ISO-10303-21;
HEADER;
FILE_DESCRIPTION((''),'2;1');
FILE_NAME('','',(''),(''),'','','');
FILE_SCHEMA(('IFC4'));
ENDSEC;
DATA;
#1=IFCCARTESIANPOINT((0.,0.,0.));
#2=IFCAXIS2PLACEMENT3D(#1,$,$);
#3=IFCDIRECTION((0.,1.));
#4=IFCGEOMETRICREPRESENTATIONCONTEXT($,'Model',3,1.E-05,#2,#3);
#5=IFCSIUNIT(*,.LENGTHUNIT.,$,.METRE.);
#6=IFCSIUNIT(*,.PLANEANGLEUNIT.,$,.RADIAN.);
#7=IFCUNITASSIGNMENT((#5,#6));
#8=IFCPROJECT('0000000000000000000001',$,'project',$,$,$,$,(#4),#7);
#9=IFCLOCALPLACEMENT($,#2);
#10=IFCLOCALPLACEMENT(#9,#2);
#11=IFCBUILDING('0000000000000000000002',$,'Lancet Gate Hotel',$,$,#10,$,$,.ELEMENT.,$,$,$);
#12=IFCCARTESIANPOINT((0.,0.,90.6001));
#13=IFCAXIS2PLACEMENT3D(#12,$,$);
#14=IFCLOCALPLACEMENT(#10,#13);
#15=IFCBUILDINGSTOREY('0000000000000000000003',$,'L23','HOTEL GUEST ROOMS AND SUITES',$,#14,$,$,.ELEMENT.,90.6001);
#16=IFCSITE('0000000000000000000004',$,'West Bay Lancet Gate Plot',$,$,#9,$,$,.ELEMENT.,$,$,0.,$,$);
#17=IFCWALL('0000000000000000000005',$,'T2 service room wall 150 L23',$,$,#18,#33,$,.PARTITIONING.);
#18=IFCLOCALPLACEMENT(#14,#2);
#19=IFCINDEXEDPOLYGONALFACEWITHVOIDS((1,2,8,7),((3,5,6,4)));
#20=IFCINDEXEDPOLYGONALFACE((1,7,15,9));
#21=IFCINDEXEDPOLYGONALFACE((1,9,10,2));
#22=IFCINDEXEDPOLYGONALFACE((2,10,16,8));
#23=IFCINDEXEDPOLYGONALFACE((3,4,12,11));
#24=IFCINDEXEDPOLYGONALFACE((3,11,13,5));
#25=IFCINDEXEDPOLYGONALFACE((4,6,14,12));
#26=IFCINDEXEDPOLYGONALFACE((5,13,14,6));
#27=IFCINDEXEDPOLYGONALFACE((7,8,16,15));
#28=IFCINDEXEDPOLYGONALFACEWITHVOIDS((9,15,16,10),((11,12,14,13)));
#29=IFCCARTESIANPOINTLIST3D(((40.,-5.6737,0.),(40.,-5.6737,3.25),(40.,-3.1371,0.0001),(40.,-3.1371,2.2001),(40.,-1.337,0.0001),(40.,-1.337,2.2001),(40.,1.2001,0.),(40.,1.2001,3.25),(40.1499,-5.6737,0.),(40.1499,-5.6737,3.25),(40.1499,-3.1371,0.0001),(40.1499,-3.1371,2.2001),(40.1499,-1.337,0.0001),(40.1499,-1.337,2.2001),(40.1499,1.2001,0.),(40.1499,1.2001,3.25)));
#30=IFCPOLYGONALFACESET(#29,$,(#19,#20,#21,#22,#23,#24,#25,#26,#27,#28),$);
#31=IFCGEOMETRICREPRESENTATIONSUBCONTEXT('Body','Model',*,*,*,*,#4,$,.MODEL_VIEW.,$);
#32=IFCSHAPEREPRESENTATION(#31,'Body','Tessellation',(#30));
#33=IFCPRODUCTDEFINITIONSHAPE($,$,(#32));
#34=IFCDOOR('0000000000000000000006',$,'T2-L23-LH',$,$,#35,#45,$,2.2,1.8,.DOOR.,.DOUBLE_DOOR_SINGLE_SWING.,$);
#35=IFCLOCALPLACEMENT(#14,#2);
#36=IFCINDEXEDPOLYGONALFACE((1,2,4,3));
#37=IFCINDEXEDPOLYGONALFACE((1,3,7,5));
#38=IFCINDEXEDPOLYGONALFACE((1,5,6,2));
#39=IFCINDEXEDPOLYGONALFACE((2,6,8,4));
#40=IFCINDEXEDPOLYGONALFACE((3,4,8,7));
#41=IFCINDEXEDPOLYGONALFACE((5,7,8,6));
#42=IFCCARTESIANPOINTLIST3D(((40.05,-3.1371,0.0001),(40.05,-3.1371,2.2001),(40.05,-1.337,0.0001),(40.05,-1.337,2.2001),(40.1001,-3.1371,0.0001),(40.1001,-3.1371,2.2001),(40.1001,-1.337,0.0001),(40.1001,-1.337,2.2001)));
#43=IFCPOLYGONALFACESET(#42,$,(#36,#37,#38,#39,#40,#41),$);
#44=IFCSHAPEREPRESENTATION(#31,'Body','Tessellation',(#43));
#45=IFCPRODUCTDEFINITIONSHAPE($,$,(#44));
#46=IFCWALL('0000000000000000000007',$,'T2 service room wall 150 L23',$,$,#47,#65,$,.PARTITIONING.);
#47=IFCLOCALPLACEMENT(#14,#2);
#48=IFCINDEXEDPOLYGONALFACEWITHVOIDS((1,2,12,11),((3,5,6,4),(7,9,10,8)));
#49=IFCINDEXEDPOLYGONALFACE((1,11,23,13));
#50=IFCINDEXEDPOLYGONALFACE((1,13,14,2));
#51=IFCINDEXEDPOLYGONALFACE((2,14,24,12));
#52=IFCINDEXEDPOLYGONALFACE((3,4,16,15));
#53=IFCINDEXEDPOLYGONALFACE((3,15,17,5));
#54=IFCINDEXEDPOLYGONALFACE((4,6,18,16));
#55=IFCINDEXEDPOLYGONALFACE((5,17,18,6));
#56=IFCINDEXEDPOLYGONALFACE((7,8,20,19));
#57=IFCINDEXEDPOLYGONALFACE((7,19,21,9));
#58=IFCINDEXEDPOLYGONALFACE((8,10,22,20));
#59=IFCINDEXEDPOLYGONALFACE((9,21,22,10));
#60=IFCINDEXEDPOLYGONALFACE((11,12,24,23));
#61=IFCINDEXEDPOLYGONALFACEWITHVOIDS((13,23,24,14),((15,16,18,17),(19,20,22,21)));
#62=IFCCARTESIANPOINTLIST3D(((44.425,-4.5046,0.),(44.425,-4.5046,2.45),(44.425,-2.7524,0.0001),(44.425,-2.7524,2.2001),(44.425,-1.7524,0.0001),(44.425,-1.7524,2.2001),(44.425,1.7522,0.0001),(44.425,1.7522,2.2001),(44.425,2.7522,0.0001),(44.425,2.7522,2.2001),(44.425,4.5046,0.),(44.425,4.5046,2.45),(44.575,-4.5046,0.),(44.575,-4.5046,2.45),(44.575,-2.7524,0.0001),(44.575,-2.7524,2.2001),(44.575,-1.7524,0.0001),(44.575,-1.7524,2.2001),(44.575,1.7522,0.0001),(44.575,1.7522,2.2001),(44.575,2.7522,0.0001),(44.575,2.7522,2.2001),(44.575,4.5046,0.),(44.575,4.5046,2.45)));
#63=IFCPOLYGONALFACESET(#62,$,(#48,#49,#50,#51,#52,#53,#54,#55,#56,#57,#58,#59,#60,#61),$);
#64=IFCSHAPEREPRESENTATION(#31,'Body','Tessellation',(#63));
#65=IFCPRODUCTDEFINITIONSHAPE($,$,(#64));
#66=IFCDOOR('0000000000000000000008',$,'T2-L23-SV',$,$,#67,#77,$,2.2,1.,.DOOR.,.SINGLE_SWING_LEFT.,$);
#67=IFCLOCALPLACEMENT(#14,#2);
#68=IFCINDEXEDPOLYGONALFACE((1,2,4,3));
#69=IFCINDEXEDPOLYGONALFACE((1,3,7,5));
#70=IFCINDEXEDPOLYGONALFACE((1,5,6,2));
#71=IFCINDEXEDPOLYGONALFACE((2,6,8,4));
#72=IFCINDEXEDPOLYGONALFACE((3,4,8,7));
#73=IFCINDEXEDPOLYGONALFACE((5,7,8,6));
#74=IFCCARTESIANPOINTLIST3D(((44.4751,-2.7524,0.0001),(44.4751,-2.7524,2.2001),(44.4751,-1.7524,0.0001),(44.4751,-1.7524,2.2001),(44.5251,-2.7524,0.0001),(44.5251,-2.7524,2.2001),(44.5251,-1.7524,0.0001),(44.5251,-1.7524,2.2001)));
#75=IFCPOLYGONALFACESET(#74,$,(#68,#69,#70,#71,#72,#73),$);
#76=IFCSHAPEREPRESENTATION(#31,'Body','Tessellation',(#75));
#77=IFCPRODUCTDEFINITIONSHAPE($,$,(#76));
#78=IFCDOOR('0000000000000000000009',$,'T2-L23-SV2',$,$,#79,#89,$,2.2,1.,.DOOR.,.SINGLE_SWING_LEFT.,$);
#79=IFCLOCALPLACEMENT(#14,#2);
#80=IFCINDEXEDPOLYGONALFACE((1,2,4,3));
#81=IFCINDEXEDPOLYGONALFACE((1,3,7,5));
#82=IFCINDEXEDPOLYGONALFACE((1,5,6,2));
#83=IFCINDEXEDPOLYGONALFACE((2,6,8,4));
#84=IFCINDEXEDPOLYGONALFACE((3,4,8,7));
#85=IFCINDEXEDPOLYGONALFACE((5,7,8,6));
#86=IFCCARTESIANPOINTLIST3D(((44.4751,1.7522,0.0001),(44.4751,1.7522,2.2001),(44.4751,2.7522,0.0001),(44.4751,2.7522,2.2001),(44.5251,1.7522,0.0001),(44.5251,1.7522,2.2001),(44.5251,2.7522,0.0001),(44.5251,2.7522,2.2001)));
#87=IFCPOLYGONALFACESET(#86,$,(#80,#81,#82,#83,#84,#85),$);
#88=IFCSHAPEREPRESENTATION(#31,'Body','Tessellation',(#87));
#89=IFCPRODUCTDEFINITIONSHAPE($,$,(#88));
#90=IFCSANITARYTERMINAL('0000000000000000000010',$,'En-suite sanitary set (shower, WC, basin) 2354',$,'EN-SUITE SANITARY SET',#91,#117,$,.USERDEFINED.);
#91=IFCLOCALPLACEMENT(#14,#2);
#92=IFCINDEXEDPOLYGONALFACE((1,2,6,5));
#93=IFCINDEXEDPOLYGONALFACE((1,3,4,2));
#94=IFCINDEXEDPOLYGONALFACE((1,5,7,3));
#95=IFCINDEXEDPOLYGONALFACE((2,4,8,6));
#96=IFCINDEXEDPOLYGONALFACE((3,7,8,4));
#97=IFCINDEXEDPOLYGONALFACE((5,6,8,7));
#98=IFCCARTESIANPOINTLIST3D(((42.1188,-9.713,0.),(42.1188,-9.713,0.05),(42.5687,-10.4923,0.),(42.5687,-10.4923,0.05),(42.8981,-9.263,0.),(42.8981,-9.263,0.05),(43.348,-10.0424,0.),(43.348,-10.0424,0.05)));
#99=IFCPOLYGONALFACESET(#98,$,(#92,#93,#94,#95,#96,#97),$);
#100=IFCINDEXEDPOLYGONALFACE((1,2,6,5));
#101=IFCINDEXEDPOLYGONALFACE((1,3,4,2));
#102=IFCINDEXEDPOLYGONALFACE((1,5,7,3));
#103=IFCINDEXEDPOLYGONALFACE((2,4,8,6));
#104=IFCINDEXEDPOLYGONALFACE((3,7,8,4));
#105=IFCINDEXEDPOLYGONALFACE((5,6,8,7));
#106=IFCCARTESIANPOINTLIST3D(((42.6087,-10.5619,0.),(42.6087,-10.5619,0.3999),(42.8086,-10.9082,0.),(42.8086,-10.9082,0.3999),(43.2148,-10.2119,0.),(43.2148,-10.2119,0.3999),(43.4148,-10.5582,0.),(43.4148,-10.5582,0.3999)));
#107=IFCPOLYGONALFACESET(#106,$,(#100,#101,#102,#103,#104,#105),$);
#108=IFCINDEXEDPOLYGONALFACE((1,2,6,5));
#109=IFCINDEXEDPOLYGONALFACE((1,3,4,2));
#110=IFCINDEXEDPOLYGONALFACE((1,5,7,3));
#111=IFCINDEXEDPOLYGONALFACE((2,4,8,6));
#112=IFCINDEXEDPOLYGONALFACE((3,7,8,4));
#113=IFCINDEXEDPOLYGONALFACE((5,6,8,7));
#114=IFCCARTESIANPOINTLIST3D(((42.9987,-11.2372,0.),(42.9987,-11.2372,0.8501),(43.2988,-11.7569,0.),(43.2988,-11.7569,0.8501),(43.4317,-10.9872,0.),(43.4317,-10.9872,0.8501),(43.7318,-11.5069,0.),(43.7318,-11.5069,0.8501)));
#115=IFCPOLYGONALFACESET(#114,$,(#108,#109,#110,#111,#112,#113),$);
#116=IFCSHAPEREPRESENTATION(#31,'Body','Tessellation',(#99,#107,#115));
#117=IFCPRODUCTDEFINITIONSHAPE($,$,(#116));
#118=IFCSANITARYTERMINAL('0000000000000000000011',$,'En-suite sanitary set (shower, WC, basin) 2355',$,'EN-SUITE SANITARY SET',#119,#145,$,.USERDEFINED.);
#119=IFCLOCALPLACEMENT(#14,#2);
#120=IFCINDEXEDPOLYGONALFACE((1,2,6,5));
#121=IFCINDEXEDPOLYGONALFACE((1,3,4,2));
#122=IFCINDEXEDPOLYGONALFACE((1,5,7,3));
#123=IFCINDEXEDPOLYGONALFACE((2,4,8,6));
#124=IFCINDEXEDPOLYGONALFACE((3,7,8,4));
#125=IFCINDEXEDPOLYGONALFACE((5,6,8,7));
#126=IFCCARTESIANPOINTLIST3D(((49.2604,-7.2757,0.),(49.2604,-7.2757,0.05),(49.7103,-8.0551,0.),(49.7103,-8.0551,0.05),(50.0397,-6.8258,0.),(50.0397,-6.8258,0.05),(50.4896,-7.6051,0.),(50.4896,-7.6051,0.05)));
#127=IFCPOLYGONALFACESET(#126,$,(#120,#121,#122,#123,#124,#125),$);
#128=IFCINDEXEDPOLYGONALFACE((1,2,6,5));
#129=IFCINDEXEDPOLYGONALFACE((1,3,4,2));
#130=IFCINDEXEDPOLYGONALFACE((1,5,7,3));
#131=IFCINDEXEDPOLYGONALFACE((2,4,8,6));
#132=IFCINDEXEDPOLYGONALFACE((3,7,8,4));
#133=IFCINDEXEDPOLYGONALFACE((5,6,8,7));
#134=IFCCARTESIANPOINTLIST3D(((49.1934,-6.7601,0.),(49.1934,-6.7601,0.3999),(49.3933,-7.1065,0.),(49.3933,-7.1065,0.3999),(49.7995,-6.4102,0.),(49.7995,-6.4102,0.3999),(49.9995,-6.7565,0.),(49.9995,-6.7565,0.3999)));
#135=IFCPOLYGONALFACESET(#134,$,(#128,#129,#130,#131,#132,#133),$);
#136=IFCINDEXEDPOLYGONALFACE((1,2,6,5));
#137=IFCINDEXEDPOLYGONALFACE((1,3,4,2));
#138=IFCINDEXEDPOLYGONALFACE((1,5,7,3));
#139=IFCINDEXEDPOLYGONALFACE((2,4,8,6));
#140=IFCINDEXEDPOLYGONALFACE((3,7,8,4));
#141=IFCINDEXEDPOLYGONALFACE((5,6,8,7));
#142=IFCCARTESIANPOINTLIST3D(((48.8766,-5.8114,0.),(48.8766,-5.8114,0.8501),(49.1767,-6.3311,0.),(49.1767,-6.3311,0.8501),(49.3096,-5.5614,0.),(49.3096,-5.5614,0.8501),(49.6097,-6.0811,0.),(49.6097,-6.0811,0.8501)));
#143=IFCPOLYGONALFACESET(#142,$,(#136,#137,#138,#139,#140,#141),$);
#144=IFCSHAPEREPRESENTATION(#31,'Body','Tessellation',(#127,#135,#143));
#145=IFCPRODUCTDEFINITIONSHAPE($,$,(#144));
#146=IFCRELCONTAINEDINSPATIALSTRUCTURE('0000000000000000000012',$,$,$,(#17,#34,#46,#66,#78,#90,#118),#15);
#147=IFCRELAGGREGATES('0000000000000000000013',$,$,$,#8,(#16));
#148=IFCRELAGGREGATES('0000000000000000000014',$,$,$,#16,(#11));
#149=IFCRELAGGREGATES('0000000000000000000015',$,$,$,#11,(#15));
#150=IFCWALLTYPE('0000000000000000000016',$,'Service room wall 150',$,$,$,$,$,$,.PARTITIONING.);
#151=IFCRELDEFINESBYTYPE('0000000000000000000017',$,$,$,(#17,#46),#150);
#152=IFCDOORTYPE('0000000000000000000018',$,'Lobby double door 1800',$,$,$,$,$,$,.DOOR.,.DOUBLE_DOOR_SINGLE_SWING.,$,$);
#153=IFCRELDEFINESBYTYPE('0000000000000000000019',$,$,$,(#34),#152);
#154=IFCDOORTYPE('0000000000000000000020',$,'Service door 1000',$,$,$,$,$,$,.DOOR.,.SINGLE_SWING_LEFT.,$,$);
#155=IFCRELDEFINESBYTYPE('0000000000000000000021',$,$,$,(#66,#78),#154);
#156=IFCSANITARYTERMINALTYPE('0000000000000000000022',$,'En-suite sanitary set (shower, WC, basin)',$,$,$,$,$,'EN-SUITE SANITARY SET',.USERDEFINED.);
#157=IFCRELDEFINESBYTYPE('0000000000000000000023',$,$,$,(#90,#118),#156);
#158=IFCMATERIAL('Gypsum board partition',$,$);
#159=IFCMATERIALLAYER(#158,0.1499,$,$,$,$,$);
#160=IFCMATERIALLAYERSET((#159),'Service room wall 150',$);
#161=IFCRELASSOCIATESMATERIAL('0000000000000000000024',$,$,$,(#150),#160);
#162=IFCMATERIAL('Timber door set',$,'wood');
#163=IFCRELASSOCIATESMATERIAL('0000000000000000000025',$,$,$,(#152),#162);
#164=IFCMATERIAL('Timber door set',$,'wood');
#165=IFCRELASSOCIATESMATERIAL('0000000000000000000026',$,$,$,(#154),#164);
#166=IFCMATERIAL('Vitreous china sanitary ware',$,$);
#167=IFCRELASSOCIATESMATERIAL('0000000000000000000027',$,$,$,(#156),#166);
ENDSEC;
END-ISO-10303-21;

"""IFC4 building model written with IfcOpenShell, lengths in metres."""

from ifc_helpers import new_model, si_unit, direction, frame, frame_2d, origin, origin_2d, place, context, subcontext, project, spatial, rectangle, extrude, material, layer, layer_set, type_object, element, fill, save


model = new_model("IFC4")

# Units and contexts
model_context = context("Model", 3, precision=1e-05, world=origin(), true_north=direction((0.0, 1.0)))
body_context = subcontext(model_context, "Body", "Model", "MODEL_VIEW")
ifc_project = project(units=[si_unit("LENGTHUNIT", "METRE"), si_unit("PLANEANGLEUNIT", "RADIAN")], contexts=[model_context])

# Site, building, storey
site_placement = place(None, origin())
site = spatial("IfcSite", under=ifc_project, at=site_placement, Name="West Bay Lancet Gate Plot", CompositionType="ELEMENT", RefElevation=0.0)
building_placement = place(site_placement, origin())
building = spatial("IfcBuilding", under=site, at=building_placement, Name="Lancet Gate Hotel", CompositionType="ELEMENT")
storey_placement = place(building_placement, frame((0.0, 0.0, 90.6001)))
storey = spatial("IfcBuildingStorey", under=building, at=storey_placement, Name="L23", Description="HOTEL GUEST ROOMS AND SUITES", CompositionType="ELEMENT", Elevation=90.6001)

# Wall, opening, door
ifc_material_1 = material(Name="Gypsum board partition")
ifc_layer_1 = layer(ifc_material_1, 0.1499)
ifc_layer_set_1 = layer_set([ifc_layer_1], Name="Service room wall 150")
wall_type_1 = type_object("IfcWallType", Name="Service room wall 150", PredefinedType="PARTITIONING", material=ifc_layer_set_1)
wall_1_placement = place(storey_placement, frame((40.075, -5.6738, 0.0), z_axis=(0.0, 0.0, 1.0), x_axis=(0.0, 1.0, 0.0)))
wall_1 = element("IfcWall", 1, at=wall_1_placement, inside=storey, type_object=wall_type_1, Name="T2 service room wall 150 L23", PredefinedType="PARTITIONING", context=body_context, shape_type="SweptSolid", body=[
    extrude(rectangle(XDim=6.8738, YDim=0.1499, at=frame_2d((3.437, 0.0))), origin(), (0.0, 0.0, 1.0), 3.25),
])
opening_1_placement = place(wall_1_placement, frame((2.5369, 0.0, 0.0)))
opening_1 = element("IfcOpeningElement", 2, at=opening_1_placement, cuts=wall_1, PredefinedType="OPENING", context=body_context, shape_type="SweptSolid", body=[
    extrude(rectangle(XDim=1.8, YDim=2.2, at=frame_2d((0.8999, 1.1001))), frame((0.0, 0.085, 0.0), z_axis=(0.0, -1.0, 0.0), x_axis=(1.0, 0.0, 0.0)), (0.0, 0.0, 1.0), 0.1699),
])
ifc_material_2 = material(Name="Timber door set", Category="wood")
door_type_1 = type_object("IfcDoorType", Name="Lobby double door 1800", OperationType="DOUBLE_DOOR_SINGLE_SWING", PredefinedType="DOOR", material=ifc_material_2)
door_1_placement = place(opening_1_placement, origin())
door_1 = element("IfcDoor", 3, at=door_1_placement, inside=storey, type_object=door_type_1, Name="T2-L23-LH", OperationType="DOUBLE_DOOR_SINGLE_SWING", OverallHeight=2.2, OverallWidth=1.8, PredefinedType="DOOR", context=body_context, shape_type="SweptSolid", body=[
    extrude(rectangle(XDim=1.8, YDim=2.2, at=frame_2d((0.8999, 1.1001))), frame((0.0, 0.0249, 0.0), z_axis=(0.0, -1.0, 0.0), x_axis=(1.0, 0.0, 0.0)), (0.0, 0.0, 1.0), 0.05),
])
fill(opening_1, door_1)

# Wall, openings, doors
wall_2_placement = place(storey_placement, frame((44.5, -4.5046, 0.0), z_axis=(0.0, 0.0, 1.0), x_axis=(0.0, 1.0, 0.0)))
wall_2 = element("IfcWall", 4, at=wall_2_placement, inside=storey, type_object=wall_type_1, Name="T2 service room wall 150 L23", PredefinedType="PARTITIONING", context=body_context, shape_type="SweptSolid", body=[
    extrude(rectangle(XDim=9.0093, YDim=0.1499, at=frame_2d((4.5046, 0.0))), origin(), (0.0, 0.0, 1.0), 2.45),
])
opening_2_placement = place(wall_2_placement, frame((1.7522, 0.0, 0.0)))
opening_2 = element("IfcOpeningElement", 5, at=opening_2_placement, cuts=wall_2, PredefinedType="OPENING", context=body_context, shape_type="SweptSolid", body=[
    extrude(rectangle(XDim=1.0, YDim=2.2, at=frame_2d((0.5, 1.1001))), frame((0.0, 0.085, 0.0), z_axis=(0.0, -1.0, 0.0), x_axis=(1.0, 0.0, 0.0)), (0.0, 0.0, 1.0), 0.1699),
])
opening_3_placement = place(wall_2_placement, frame((6.2568, 0.0, 0.0)))
opening_3 = element("IfcOpeningElement", 6, at=opening_3_placement, cuts=wall_2, PredefinedType="OPENING", context=body_context, shape_type="SweptSolid", body=[
    extrude(rectangle(XDim=1.0, YDim=2.2, at=frame_2d((0.5, 1.1001))), frame((0.0, 0.085, 0.0), z_axis=(0.0, -1.0, 0.0), x_axis=(1.0, 0.0, 0.0)), (0.0, 0.0, 1.0), 0.1699),
])
ifc_material_3 = material(Name="Timber door set", Category="wood")
door_type_2 = type_object("IfcDoorType", Name="Service door 1000", OperationType="SINGLE_SWING_LEFT", PredefinedType="DOOR", material=ifc_material_3)
door_2_placement = place(opening_2_placement, origin())
door_2 = element("IfcDoor", 7, at=door_2_placement, inside=storey, type_object=door_type_2, Name="T2-L23-SV", OperationType="SINGLE_SWING_LEFT", OverallHeight=2.2, OverallWidth=1.0, PredefinedType="DOOR", context=body_context, shape_type="SweptSolid", body=[
    extrude(rectangle(XDim=1.0, YDim=2.2, at=frame_2d((0.5, 1.1001))), frame((0.0, 0.0249, 0.0), z_axis=(0.0, -1.0, 0.0), x_axis=(1.0, 0.0, 0.0)), (0.0, 0.0, 1.0), 0.05),
])
fill(opening_2, door_2)
door_3_placement = place(opening_3_placement, origin())
door_3 = element("IfcDoor", 8, at=door_3_placement, inside=storey, type_object=door_type_2, Name="T2-L23-SV2", OperationType="SINGLE_SWING_LEFT", OverallHeight=2.2, OverallWidth=1.0, PredefinedType="DOOR", context=body_context, shape_type="SweptSolid", body=[
    extrude(rectangle(XDim=1.0, YDim=2.2, at=frame_2d((0.5, 1.1001))), frame((0.0, 0.0249, 0.0), z_axis=(0.0, -1.0, 0.0), x_axis=(1.0, 0.0, 0.0)), (0.0, 0.0, 1.0), 0.05),
])
fill(opening_3, door_3)

# Sanitary terminals
ifc_material_4 = material(Name="Vitreous china sanitary ware")
sanitary_terminal_type = type_object("IfcSanitaryTerminalType", Name="En-suite sanitary set (shower, WC, basin)", ElementType="EN-SUITE SANITARY SET", PredefinedType="USERDEFINED", material=ifc_material_4)
sanitary_terminal_1_placement = place(storey_placement, frame((42.7334, -9.8777, 0.0), z_axis=(0.0, 0.0, 1.0), x_axis=(1.0, 0.0, 0.0)))
element("IfcSanitaryTerminal", 9, at=sanitary_terminal_1_placement, inside=storey, type_object=sanitary_terminal_type, Name="En-suite sanitary set (shower, WC, basin) 2354", ObjectType="EN-SUITE SANITARY SET", PredefinedType="USERDEFINED", context=body_context, shape_type="SweptSolid", body=[
    extrude(rectangle(XDim=0.8999, YDim=0.8999, at=origin_2d()), frame((0.0, 0.0, 0.0), z_axis=(0.0, 0.0, 1.0), x_axis=(-0.5, 0.866025, 0.0)), (0.0, 0.0, 1.0), 0.05),
    extrude(rectangle(XDim=0.3999, YDim=0.7, at=origin_2d()), frame((0.2783, -0.6824, 0.0), z_axis=(0.0, 0.0, 1.0), x_axis=(-0.5, 0.866025, 0.0)), (0.0, 0.0, 1.0), 0.3999),
    extrude(rectangle(XDim=0.6001, YDim=0.5, at=origin_2d()), frame((0.6318, -1.4944, 0.0), z_axis=(0.0, 0.0, 1.0), x_axis=(-0.5, 0.866025, 0.0)), (0.0, 0.0, 1.0), 0.8501),
])
sanitary_terminal_2_placement = place(storey_placement, frame((49.875, -7.4404, 0.0), z_axis=(0.0, 0.0, 1.0), x_axis=(1.0, 0.0, 0.0)))
element("IfcSanitaryTerminal", 10, at=sanitary_terminal_2_placement, inside=storey, type_object=sanitary_terminal_type, Name="En-suite sanitary set (shower, WC, basin) 2355", ObjectType="EN-SUITE SANITARY SET", PredefinedType="USERDEFINED", context=body_context, shape_type="SweptSolid", body=[
    extrude(rectangle(XDim=0.8999, YDim=0.8999, at=origin_2d()), frame((0.0, 0.0, 0.0), z_axis=(0.0, 0.0, 1.0), x_axis=(0.5, -0.866025, 0.0)), (0.0, 0.0, 1.0), 0.05),
    extrude(rectangle(XDim=0.3999, YDim=0.7, at=origin_2d()), frame((-0.2786, 0.6821, 0.0), z_axis=(0.0, 0.0, 1.0), x_axis=(0.5, -0.866025, 0.0)), (0.0, 0.0, 1.0), 0.3999),
    extrude(rectangle(XDim=0.6001, YDim=0.5, at=origin_2d()), frame((-0.6318, 1.4941, 0.0), z_axis=(0.0, 0.0, 1.0), x_axis=(0.5, -0.866025, 0.0)), (0.0, 0.0, 1.0), 0.8501),
])

save(model, "model.ifc")
